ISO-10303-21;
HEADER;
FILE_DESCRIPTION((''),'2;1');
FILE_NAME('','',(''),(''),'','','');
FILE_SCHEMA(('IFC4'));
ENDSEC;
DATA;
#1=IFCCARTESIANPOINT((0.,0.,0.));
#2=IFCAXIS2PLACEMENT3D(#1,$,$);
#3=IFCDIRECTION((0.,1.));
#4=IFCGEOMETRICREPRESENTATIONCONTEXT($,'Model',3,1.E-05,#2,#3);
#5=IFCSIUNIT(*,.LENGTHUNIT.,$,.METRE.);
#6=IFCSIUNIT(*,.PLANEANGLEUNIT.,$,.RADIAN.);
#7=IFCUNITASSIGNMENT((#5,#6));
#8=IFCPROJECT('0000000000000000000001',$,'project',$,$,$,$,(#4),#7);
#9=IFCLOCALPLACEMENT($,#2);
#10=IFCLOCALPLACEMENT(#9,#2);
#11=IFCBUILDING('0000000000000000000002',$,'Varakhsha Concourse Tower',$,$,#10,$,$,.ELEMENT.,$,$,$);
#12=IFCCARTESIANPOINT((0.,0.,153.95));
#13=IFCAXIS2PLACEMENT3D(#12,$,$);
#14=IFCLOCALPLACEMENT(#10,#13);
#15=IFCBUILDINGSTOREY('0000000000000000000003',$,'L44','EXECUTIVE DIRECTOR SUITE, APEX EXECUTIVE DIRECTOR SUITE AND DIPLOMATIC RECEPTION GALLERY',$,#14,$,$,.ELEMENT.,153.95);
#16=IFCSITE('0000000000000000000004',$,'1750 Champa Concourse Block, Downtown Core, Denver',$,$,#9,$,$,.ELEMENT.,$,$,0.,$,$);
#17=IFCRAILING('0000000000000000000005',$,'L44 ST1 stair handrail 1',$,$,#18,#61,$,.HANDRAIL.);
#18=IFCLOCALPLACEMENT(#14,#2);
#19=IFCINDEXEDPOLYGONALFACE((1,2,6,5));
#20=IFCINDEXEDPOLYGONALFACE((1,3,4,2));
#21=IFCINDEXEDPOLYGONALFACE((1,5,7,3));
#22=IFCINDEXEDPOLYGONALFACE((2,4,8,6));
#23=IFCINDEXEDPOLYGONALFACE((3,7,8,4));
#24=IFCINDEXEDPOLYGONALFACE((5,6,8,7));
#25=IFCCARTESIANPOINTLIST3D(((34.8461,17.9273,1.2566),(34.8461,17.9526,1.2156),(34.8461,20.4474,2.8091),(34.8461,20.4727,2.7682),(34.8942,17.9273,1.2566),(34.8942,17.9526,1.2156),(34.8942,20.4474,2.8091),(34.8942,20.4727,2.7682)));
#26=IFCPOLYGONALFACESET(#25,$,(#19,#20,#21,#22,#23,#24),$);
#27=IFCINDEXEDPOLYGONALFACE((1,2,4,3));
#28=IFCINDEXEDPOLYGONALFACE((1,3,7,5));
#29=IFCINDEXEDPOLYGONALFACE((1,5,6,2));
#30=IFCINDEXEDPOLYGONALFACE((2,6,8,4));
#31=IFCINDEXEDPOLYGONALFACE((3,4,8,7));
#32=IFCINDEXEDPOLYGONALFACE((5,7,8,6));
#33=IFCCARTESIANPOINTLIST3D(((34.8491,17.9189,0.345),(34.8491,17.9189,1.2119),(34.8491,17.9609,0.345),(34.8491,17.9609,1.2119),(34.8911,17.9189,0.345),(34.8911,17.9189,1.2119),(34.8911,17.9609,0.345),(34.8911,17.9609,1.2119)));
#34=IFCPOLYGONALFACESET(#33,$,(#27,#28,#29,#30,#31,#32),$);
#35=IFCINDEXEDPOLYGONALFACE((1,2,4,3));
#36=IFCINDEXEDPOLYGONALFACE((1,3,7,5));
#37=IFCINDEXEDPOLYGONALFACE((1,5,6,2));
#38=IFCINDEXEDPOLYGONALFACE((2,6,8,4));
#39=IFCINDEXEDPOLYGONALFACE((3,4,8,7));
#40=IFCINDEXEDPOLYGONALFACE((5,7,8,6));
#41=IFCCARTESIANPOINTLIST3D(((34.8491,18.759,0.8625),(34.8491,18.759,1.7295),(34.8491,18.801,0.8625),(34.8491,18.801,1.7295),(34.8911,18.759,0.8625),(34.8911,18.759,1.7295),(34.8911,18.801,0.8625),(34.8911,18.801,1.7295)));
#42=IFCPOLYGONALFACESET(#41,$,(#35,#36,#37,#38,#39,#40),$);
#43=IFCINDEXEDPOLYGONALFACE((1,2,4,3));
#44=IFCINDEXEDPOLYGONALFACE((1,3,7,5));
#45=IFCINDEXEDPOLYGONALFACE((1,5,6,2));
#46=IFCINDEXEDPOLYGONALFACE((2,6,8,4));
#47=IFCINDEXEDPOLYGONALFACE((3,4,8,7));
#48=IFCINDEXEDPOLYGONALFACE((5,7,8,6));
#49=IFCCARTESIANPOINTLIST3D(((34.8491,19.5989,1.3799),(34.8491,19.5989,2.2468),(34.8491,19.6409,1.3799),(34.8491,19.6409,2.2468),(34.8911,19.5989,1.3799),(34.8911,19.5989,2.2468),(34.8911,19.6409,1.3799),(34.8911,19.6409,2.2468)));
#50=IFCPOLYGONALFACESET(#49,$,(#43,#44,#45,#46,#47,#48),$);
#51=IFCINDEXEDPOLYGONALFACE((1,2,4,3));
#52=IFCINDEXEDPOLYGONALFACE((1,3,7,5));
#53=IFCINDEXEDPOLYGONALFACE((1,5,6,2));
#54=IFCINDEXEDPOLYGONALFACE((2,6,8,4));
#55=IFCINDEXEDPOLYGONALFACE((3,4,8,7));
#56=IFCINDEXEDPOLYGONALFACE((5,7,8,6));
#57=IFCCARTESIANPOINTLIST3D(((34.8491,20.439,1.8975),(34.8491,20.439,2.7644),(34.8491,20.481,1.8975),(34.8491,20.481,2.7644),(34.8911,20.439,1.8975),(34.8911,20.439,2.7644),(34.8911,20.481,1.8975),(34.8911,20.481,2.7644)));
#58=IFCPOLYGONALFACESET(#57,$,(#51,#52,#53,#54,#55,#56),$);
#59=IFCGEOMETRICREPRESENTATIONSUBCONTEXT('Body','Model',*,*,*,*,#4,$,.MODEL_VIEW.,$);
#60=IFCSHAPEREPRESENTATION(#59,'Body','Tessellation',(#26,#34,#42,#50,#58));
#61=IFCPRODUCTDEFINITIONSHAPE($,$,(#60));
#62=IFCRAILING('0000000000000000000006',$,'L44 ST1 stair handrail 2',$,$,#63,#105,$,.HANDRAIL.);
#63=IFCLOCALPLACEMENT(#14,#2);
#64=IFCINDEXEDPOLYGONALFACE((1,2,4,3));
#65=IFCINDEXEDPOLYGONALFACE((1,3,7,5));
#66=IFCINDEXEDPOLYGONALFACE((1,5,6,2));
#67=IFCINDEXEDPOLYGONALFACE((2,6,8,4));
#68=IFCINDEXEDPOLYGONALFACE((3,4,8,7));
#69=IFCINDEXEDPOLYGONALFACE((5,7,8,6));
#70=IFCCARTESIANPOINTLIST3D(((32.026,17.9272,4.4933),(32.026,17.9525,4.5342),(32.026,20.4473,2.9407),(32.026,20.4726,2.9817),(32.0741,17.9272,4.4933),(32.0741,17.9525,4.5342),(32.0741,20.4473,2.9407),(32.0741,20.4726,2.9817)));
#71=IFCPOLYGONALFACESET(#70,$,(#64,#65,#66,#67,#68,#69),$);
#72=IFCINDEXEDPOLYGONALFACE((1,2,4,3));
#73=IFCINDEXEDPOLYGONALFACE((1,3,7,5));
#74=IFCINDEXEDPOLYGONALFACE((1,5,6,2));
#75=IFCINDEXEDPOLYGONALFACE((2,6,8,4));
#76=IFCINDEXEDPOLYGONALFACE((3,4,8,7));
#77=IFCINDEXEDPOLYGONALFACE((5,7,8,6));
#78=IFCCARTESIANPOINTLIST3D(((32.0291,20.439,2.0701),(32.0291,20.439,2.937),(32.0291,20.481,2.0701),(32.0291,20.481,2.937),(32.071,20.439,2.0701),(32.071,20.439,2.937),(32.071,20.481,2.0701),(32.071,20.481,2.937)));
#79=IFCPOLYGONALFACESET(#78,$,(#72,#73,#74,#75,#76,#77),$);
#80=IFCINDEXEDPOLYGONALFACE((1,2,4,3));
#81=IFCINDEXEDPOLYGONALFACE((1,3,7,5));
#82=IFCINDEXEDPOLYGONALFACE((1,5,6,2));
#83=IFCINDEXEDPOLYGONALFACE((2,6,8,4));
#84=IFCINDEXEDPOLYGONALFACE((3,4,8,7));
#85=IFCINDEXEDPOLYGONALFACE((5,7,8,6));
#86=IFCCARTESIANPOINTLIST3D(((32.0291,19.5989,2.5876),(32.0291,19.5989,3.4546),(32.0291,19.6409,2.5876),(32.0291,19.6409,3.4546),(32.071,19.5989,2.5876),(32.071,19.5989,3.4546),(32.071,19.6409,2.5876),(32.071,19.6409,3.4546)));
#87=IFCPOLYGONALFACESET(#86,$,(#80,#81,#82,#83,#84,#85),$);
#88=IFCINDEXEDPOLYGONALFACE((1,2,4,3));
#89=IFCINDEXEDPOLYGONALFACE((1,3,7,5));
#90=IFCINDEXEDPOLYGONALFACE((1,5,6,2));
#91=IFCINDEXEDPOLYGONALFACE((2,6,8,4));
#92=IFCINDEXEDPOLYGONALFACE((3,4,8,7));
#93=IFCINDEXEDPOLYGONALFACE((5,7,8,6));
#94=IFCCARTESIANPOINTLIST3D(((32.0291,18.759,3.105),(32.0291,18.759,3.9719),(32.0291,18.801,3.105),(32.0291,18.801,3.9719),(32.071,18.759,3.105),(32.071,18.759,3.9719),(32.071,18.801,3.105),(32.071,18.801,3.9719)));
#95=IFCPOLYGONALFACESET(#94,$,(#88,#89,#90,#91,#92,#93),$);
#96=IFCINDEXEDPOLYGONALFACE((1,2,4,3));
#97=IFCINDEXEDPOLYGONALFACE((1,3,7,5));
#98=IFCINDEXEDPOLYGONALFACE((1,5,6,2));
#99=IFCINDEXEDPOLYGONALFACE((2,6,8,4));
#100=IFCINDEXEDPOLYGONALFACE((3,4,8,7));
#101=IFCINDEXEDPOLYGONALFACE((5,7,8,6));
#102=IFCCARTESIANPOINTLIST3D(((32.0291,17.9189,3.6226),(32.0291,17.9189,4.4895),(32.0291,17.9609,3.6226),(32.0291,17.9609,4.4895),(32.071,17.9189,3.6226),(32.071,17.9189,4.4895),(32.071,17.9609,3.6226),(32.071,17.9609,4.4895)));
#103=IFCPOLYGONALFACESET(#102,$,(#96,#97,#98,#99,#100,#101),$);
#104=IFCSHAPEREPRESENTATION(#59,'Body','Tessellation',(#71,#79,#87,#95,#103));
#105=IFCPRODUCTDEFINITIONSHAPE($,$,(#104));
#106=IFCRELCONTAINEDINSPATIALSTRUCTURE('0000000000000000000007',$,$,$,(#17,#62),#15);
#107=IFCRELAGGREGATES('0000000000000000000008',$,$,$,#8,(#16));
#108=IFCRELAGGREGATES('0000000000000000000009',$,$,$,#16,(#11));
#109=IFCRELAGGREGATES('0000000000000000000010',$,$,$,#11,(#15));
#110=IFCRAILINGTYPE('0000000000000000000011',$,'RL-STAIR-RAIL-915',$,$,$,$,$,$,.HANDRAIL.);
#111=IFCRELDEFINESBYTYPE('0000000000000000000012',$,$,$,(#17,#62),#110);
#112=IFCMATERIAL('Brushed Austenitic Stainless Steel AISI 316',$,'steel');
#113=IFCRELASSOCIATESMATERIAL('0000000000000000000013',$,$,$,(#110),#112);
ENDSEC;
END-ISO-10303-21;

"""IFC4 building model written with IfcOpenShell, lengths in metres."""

from ifc_helpers import new_model, si_unit, direction, frame, origin, origin_2d, place, context, subcontext, project, spatial, rectangle, extrude, material, type_object, element, save


model = new_model("IFC4")

# Units and contexts
model_context = context("Model", 3, precision=1e-05, world=origin(), true_north=direction((0.0, 1.0)))
body_context = subcontext(model_context, "Body", "Model", "MODEL_VIEW")
ifc_project = project(units=[si_unit("LENGTHUNIT", "METRE"), si_unit("PLANEANGLEUNIT", "RADIAN")], contexts=[model_context])

# Site, building, storey
site_placement = place(None, origin())
site = spatial("IfcSite", under=ifc_project, at=site_placement, Name="1750 Champa Concourse Block, Downtown Core, Denver", CompositionType="ELEMENT", RefElevation=0.0)
building_placement = place(site_placement, origin())
building = spatial("IfcBuilding", under=site, at=building_placement, Name="Varakhsha Concourse Tower", CompositionType="ELEMENT")
storey_placement = place(building_placement, frame((0.0, 0.0, 153.95)))
storey = spatial("IfcBuildingStorey", under=building, at=storey_placement, Name="L44", Description="EXECUTIVE DIRECTOR SUITE, APEX EXECUTIVE DIRECTOR SUITE AND DIPLOMATIC RECEPTION GALLERY", CompositionType="ELEMENT", Elevation=153.95)

# Railings
ifc_material_1 = material(Name="Brushed Austenitic Stainless Steel AISI 316", Category="steel")
railing_type_1 = type_object("IfcRailingType", Name="RL-STAIR-RAIL-915", PredefinedType="HANDRAIL", material=ifc_material_1)
railing_1_placement = place(storey_placement, frame((34.8701, 17.9399, 0.345)))
element("IfcRailing", 1, at=railing_1_placement, inside=storey, type_object=railing_type_1, Name="L44 ST1 stair handrail 1", PredefinedType="HANDRAIL", context=body_context, shape_type="SweptSolid", body=[
    extrude(rectangle(XDim=0.0481, YDim=0.0481, at=origin_2d()), frame((0.0, 0.0, 0.8911), z_axis=(0.0, 0.8514, 0.524516), x_axis=(-1.0, 0.0, 0.0)), (0.0, 0.0, 1.0), 2.96),
    extrude(rectangle(XDim=0.042, YDim=0.042, at=origin_2d()), origin(), (0.0, 0.0, 1.0), 0.8669),
    extrude(rectangle(XDim=0.042, YDim=0.042, at=origin_2d()), frame((0.0, 0.8401, 0.5176)), (0.0, 0.0, 1.0), 0.8669),
    extrude(rectangle(XDim=0.042, YDim=0.042, at=origin_2d()), frame((0.0, 1.6799, 1.0349)), (0.0, 0.0, 1.0), 0.8669),
    extrude(rectangle(XDim=0.042, YDim=0.042, at=origin_2d()), frame((0.0, 2.52, 1.5525)), (0.0, 0.0, 1.0), 0.8669),
])
railing_2_placement = place(storey_placement, frame((32.05, 20.46, 2.0701)))
element("IfcRailing", 2, at=railing_2_placement, inside=storey, type_object=railing_type_1, Name="L44 ST1 stair handrail 2", PredefinedType="HANDRAIL", context=body_context, shape_type="SweptSolid", body=[
    extrude(rectangle(XDim=0.0481, YDim=0.0481, at=origin_2d()), frame((0.0, 0.0, 0.8911), z_axis=(0.0, -0.8514, 0.524516), x_axis=(1.0, 0.0, 0.0)), (0.0, 0.0, 1.0), 2.96),
    extrude(rectangle(XDim=0.042, YDim=0.042, at=origin_2d()), origin(), (0.0, 0.0, 1.0), 0.8669),
    extrude(rectangle(XDim=0.042, YDim=0.042, at=origin_2d()), frame((0.0, -0.8401, 0.5176)), (0.0, 0.0, 1.0), 0.8669),
    extrude(rectangle(XDim=0.042, YDim=0.042, at=origin_2d()), frame((0.0, -1.6799, 1.0349)), (0.0, 0.0, 1.0), 0.8669),
    extrude(rectangle(XDim=0.042, YDim=0.042, at=origin_2d()), frame((0.0, -2.52, 1.5525)), (0.0, 0.0, 1.0), 0.8669),
])

save(model, "model.ifc")
